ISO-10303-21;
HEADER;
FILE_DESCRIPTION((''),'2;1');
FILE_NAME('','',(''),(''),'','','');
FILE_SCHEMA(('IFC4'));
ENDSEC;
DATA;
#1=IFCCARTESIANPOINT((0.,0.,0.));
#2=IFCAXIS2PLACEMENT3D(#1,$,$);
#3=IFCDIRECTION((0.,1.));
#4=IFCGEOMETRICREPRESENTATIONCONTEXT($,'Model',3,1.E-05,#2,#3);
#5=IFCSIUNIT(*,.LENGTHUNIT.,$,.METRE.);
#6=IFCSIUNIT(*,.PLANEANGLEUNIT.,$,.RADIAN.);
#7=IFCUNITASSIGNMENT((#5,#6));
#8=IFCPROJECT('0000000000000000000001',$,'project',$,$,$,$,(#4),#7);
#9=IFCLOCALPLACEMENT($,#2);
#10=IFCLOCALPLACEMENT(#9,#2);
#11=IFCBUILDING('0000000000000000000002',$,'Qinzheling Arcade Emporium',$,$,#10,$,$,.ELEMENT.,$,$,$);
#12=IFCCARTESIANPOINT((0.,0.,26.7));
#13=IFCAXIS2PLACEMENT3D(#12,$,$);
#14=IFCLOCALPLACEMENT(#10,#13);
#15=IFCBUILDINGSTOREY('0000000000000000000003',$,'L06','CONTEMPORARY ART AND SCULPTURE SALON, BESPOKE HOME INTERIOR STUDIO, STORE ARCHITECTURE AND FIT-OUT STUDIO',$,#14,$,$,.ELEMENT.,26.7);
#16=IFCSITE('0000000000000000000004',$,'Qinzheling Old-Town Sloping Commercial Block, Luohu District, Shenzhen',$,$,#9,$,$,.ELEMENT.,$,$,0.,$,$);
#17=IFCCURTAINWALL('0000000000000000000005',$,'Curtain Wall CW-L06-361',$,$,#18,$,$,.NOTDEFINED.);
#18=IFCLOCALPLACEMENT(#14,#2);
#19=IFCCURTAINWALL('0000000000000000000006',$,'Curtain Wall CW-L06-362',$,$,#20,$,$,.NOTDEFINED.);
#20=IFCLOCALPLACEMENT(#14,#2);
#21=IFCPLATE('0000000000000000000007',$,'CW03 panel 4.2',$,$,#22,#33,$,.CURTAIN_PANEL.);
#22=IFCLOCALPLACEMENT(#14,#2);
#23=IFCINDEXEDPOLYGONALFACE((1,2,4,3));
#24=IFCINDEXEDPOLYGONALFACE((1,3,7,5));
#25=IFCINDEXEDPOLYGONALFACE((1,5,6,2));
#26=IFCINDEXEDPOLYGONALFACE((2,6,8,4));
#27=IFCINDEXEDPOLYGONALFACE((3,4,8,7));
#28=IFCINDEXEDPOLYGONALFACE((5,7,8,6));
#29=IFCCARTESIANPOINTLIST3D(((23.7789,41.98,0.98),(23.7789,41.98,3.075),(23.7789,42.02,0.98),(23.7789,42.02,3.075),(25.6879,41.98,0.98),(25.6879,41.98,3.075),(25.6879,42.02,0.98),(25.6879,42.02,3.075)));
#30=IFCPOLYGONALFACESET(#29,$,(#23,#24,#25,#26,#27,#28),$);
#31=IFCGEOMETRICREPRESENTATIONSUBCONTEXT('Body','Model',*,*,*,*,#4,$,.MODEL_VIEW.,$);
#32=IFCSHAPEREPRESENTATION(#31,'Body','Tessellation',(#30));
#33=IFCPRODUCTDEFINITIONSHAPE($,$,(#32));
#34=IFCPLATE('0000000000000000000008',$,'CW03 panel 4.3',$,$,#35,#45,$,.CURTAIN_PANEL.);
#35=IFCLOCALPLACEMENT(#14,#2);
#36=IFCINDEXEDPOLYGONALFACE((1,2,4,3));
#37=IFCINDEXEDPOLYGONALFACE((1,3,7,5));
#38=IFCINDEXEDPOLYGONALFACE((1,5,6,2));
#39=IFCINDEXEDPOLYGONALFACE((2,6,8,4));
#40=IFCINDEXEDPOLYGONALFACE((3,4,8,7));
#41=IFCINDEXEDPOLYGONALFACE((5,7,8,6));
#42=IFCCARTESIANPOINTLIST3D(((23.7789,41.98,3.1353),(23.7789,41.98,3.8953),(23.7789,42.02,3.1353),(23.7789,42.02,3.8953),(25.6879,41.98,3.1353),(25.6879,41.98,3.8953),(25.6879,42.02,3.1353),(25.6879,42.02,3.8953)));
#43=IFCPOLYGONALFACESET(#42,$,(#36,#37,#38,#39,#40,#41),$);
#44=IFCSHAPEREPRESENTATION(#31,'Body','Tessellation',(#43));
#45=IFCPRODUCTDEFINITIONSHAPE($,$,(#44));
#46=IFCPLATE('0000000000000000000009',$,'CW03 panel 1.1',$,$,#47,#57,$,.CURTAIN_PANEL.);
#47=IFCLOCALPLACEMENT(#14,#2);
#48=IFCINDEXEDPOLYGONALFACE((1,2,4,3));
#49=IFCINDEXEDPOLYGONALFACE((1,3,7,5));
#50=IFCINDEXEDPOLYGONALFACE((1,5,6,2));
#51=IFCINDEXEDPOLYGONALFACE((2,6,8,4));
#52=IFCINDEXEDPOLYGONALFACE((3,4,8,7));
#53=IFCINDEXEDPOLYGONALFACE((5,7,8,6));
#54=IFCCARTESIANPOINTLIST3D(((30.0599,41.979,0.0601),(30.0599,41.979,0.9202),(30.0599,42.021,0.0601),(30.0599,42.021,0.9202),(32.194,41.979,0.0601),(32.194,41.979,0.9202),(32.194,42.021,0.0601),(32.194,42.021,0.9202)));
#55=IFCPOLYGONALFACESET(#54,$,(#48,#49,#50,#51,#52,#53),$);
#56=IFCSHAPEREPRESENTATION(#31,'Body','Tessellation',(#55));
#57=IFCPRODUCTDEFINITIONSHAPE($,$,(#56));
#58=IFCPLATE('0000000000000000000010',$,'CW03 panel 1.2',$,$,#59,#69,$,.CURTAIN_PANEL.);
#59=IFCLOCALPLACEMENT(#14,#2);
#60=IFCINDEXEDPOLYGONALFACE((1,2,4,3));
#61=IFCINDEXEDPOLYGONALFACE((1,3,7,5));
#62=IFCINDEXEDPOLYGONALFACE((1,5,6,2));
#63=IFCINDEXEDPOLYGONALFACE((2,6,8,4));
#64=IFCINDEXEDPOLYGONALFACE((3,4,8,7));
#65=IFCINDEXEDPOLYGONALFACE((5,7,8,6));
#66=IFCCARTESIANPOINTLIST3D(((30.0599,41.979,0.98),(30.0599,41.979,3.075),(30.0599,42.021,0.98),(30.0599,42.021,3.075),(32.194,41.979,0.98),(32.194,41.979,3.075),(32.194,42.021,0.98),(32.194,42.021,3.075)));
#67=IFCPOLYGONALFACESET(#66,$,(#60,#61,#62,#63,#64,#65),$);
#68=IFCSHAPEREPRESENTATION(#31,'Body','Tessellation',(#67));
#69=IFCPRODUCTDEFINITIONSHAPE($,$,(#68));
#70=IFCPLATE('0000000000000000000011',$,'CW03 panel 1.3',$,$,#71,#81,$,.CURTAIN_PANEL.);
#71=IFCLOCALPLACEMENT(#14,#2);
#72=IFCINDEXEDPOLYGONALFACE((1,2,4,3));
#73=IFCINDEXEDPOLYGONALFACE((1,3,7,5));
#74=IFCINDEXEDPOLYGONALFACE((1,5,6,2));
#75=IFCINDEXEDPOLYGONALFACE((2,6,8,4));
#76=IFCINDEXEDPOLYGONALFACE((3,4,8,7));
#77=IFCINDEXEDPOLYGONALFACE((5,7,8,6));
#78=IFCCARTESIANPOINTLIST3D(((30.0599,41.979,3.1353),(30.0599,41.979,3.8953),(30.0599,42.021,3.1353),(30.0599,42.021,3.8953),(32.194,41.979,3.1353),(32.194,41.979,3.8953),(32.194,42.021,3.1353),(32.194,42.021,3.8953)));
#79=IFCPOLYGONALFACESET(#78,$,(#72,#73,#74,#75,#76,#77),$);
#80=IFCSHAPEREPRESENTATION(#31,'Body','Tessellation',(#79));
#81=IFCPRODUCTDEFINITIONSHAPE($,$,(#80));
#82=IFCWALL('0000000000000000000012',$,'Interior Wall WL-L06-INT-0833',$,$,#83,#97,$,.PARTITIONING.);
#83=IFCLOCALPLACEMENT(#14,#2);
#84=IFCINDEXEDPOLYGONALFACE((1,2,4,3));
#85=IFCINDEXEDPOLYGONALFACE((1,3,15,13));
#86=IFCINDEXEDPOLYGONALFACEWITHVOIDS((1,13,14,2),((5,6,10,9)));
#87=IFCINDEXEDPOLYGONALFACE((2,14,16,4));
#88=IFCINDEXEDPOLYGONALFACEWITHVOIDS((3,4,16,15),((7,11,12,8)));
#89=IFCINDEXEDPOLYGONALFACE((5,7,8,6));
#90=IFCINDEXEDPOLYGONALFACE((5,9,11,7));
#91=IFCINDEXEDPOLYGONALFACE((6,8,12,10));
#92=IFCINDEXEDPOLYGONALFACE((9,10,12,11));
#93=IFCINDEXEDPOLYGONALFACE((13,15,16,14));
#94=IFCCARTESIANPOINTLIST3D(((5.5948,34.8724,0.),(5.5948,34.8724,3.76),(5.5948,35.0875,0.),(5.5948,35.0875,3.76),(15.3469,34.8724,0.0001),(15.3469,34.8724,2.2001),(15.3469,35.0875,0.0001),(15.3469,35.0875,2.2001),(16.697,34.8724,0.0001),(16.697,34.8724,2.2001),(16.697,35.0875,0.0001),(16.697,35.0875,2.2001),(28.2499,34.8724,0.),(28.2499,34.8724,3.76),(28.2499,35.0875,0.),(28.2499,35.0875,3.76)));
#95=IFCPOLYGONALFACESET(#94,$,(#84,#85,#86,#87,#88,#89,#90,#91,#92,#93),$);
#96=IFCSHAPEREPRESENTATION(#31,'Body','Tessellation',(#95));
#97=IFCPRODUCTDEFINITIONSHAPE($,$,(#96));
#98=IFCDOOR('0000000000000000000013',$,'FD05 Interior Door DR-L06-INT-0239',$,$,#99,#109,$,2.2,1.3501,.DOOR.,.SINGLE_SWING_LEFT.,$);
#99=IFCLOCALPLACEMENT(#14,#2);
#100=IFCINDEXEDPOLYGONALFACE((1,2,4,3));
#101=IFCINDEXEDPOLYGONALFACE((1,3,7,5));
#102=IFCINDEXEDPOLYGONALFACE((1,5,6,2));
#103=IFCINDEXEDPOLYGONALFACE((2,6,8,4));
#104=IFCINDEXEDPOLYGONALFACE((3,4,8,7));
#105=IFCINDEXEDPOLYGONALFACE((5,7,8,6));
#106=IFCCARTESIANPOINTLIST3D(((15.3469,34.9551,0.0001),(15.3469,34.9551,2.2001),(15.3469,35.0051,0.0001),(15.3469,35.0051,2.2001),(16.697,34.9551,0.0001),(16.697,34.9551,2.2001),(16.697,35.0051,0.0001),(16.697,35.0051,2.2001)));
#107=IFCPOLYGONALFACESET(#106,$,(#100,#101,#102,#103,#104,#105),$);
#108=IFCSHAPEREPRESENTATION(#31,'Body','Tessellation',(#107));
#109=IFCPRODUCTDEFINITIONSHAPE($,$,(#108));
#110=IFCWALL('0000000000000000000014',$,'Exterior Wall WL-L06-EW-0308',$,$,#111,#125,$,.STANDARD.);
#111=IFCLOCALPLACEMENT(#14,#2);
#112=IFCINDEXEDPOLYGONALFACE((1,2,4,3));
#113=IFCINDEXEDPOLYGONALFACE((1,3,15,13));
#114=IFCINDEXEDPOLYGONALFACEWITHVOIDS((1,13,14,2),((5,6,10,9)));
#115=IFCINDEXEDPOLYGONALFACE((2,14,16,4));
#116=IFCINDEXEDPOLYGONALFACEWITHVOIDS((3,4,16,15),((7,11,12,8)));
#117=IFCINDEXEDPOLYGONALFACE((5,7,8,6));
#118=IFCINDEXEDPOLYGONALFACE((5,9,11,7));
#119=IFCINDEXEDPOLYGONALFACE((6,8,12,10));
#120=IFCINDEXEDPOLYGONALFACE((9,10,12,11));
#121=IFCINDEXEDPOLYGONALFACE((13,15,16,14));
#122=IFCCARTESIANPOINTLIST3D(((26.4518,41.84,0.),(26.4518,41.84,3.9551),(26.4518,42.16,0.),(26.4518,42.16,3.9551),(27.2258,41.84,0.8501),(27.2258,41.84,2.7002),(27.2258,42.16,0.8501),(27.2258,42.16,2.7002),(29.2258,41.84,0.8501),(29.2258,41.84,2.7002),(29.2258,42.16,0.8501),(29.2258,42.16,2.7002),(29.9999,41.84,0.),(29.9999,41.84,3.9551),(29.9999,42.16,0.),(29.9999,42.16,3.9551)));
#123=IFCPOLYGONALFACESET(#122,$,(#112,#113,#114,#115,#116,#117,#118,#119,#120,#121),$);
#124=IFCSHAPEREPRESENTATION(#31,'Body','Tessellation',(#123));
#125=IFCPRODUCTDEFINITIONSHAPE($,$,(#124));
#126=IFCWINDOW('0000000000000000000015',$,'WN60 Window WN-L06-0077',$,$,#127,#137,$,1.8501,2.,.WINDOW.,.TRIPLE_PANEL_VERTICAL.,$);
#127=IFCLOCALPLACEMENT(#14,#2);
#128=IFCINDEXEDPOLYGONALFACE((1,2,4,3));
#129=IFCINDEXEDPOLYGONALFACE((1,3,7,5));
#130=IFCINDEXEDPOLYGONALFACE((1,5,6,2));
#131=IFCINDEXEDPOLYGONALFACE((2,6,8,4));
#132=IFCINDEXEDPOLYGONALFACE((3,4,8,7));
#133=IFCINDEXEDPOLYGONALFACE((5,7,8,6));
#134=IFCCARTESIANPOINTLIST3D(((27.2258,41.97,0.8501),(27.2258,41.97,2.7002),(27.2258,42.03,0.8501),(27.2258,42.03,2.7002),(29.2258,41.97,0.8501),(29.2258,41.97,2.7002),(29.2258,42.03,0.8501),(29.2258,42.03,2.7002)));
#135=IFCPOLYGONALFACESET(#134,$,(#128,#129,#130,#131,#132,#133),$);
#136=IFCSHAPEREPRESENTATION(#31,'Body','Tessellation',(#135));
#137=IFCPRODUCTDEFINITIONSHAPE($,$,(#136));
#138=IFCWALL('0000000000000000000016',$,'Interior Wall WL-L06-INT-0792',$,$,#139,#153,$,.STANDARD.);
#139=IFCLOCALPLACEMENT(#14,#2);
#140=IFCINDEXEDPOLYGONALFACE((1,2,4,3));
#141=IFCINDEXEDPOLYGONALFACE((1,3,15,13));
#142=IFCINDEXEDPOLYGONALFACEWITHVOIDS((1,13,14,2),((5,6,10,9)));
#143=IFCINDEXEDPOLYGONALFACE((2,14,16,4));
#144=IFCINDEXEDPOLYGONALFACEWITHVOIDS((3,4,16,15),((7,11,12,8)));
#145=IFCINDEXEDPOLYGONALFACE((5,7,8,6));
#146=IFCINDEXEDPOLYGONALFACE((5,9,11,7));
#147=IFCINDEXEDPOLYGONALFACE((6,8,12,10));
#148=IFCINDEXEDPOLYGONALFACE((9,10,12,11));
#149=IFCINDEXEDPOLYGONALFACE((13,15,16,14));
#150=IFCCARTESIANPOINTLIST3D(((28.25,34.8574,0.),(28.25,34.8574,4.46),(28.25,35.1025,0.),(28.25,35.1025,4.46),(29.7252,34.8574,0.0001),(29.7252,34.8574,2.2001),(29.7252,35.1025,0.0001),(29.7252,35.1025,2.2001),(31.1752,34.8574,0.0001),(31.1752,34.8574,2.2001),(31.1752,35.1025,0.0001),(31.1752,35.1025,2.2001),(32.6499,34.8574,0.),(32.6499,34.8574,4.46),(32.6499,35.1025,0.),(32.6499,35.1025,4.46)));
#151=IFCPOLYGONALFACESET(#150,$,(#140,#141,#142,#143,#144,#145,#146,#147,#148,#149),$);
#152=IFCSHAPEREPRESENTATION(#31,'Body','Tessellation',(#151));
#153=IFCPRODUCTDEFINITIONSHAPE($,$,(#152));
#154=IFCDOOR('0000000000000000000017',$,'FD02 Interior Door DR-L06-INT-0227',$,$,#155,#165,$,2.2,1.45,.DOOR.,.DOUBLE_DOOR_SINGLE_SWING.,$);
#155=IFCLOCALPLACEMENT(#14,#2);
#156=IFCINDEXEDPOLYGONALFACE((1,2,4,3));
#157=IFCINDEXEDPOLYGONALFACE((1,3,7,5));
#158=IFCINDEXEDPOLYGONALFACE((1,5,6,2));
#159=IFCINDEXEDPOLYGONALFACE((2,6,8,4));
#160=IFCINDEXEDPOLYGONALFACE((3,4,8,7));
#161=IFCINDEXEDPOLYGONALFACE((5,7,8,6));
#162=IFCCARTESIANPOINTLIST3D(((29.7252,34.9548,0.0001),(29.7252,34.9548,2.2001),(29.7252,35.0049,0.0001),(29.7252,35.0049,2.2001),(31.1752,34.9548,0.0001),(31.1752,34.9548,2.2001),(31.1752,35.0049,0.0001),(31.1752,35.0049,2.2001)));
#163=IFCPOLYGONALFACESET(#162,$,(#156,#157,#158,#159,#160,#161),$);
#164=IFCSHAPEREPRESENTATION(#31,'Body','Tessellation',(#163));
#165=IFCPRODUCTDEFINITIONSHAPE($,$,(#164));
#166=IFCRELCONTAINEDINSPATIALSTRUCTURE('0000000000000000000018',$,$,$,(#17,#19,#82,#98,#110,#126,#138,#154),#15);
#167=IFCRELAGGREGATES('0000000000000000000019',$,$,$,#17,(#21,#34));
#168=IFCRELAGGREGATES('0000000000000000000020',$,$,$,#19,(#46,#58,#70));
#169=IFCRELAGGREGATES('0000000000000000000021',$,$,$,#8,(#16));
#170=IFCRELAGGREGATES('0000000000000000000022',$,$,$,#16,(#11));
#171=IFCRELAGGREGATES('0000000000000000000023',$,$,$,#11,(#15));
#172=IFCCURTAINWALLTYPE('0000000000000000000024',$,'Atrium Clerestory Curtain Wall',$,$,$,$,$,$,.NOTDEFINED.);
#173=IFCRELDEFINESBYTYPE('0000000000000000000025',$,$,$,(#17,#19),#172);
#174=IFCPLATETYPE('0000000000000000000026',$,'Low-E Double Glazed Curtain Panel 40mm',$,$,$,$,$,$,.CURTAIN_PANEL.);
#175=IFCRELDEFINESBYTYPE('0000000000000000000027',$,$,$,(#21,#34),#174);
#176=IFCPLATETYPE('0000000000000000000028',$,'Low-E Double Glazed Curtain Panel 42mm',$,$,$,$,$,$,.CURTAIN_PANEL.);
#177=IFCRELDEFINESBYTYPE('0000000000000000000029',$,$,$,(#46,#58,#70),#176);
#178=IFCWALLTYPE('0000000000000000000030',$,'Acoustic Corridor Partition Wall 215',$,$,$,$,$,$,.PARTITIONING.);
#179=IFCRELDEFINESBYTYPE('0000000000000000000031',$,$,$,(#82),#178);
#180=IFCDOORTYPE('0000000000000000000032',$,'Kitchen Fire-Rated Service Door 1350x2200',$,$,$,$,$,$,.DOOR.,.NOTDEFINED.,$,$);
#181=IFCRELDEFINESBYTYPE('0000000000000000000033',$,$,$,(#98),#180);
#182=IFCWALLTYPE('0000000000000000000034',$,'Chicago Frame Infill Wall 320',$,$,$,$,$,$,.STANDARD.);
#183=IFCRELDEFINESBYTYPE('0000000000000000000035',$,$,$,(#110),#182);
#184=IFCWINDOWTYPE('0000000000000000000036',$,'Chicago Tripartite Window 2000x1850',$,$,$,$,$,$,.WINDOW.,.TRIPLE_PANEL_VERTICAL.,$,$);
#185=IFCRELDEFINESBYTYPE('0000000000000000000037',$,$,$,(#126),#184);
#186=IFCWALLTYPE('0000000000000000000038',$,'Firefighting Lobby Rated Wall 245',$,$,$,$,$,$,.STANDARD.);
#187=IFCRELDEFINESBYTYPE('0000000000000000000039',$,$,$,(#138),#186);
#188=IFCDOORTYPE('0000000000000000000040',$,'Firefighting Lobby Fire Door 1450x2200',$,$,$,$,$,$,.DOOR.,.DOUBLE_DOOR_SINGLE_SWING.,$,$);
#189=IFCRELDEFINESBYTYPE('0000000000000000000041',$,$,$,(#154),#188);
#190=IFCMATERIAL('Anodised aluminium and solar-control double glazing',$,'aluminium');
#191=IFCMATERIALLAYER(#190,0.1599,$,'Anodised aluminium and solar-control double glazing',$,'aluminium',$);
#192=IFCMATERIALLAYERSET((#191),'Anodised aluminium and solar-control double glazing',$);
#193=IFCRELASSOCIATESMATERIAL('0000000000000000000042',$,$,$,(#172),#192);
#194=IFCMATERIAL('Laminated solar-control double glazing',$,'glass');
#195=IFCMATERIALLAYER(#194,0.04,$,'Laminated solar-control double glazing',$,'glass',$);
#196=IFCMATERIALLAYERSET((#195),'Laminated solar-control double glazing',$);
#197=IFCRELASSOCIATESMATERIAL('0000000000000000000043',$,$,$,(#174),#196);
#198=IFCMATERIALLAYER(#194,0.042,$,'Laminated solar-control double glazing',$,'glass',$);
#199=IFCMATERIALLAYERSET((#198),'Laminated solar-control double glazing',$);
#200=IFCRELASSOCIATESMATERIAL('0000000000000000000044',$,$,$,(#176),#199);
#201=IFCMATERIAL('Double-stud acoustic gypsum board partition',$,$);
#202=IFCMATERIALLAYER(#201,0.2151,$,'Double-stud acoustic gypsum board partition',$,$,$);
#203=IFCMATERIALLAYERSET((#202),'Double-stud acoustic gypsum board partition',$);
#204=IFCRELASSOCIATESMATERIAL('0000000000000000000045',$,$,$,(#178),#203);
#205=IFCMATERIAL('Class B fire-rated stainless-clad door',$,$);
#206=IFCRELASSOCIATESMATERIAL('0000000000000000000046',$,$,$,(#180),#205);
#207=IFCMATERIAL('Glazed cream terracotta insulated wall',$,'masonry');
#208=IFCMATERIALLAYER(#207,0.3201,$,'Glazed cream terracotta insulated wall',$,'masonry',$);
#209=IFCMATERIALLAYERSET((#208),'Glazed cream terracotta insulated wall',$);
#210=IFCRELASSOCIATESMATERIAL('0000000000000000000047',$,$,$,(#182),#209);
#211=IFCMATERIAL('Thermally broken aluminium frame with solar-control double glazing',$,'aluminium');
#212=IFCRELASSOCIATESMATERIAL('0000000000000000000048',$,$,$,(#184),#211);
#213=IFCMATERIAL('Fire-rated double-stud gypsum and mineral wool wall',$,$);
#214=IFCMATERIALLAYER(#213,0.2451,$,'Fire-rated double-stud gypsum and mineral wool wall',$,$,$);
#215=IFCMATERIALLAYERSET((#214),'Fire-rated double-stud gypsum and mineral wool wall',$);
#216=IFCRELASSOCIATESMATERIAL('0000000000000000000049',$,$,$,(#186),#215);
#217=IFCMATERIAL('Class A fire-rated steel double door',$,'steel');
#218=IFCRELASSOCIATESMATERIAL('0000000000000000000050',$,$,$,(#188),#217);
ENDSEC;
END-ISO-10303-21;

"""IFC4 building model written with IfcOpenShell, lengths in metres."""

from ifc_helpers import new_model, si_unit, direction, frame, frame_2d, origin, origin_2d, place, context, subcontext, project, spatial, rectangle, extrude, material, layer, layer_set, type_object, element, fill, aggregate, save


model = new_model("IFC4")

# Units and contexts
model_context = context("Model", 3, precision=1e-05, world=origin(), true_north=direction((0.0, 1.0)))
body_context = subcontext(model_context, "Body", "Model", "MODEL_VIEW")
ifc_project = project(units=[si_unit("LENGTHUNIT", "METRE"), si_unit("PLANEANGLEUNIT", "RADIAN")], contexts=[model_context])

# Site, building, storey
site_placement = place(None, origin())
site = spatial("IfcSite", under=ifc_project, at=site_placement, Name="Qinzheling Old-Town Sloping Commercial Block, Luohu District, Shenzhen", CompositionType="ELEMENT", RefElevation=0.0)
building_placement = place(site_placement, origin())
building = spatial("IfcBuilding", under=site, at=building_placement, Name="Qinzheling Arcade Emporium", CompositionType="ELEMENT")
storey_placement = place(building_placement, frame((0.0, 0.0, 26.7)))
storey = spatial("IfcBuildingStorey", under=building, at=storey_placement, Name="L06", Description="CONTEMPORARY ART AND SCULPTURE SALON, BESPOKE HOME INTERIOR STUDIO, STORE ARCHITECTURE AND FIT-OUT STUDIO", CompositionType="ELEMENT", Elevation=26.7)

# Curtain wall
ifc_material_1 = material(Name="Anodised aluminium and solar-control double glazing", Category="aluminium")
ifc_layer_1 = layer(ifc_material_1, 0.1599, Name="Anodised aluminium and solar-control double glazing", Category="aluminium")
ifc_layer_set_1 = layer_set([ifc_layer_1], Name="Anodised aluminium and solar-control double glazing")
curtain_wall_type = type_object("IfcCurtainWallType", Name="Atrium Clerestory Curtain Wall", PredefinedType="NOTDEFINED", material=ifc_layer_set_1)
curtain_wall_1_placement = place(storey_placement, origin())
curtain_wall_1 = element("IfcCurtainWall", 1, at=curtain_wall_1_placement, inside=storey, type_object=curtain_wall_type, Name="Curtain Wall CW-L06-361", PredefinedType="NOTDEFINED")

# Curtain wall
curtain_wall_2_placement = place(storey_placement, origin())
curtain_wall_2 = element("IfcCurtainWall", 2, at=curtain_wall_2_placement, inside=storey, type_object=curtain_wall_type, Name="Curtain Wall CW-L06-362", PredefinedType="NOTDEFINED")

# Plates
ifc_material_2 = material(Name="Laminated solar-control double glazing", Category="glass")
ifc_layer_2 = layer(ifc_material_2, 0.04, Name="Laminated solar-control double glazing", Category="glass")
ifc_layer_set_2 = layer_set([ifc_layer_2], Name="Laminated solar-control double glazing")
plate_type_1 = type_object("IfcPlateType", Name="Low-E Double Glazed Curtain Panel 40mm", PredefinedType="CURTAIN_PANEL", material=ifc_layer_set_2)
plate_1_placement = place(storey_placement, frame((24.7334, 42.0, 0.98), z_axis=(0.0, 0.0, 1.0), x_axis=(1.0, 0.0, 0.0)))
plate_1 = element("IfcPlate", 3, at=plate_1_placement, type_object=plate_type_1, Name="CW03 panel 4.2", PredefinedType="CURTAIN_PANEL", context=body_context, shape_type="SweptSolid", body=[
    extrude(rectangle(XDim=1.9089, YDim=0.04, at=origin_2d()), origin(), (0.0, 0.0, 1.0), 2.095),
])
plate_2_placement = place(storey_placement, frame((24.7334, 42.0, 3.1353), z_axis=(0.0, 0.0, 1.0), x_axis=(1.0, 0.0, 0.0)))
plate_2 = element("IfcPlate", 4, at=plate_2_placement, type_object=plate_type_1, Name="CW03 panel 4.3", PredefinedType="CURTAIN_PANEL", context=body_context, shape_type="SweptSolid", body=[
    extrude(rectangle(XDim=1.9089, YDim=0.04, at=origin_2d()), origin(), (0.0, 0.0, 1.0), 0.76),
])
aggregate(curtain_wall_1, [plate_1, plate_2])
ifc_layer_3 = layer(ifc_material_2, 0.042, Name="Laminated solar-control double glazing", Category="glass")
ifc_layer_set_3 = layer_set([ifc_layer_3], Name="Laminated solar-control double glazing")
plate_type_2 = type_object("IfcPlateType", Name="Low-E Double Glazed Curtain Panel 42mm", PredefinedType="CURTAIN_PANEL", material=ifc_layer_set_3)
plate_3_placement = place(storey_placement, frame((31.127, 42.0, 0.0601), z_axis=(0.0, 0.0, 1.0), x_axis=(1.0, 0.0, 0.0)))
plate_3 = element("IfcPlate", 5, at=plate_3_placement, type_object=plate_type_2, Name="CW03 panel 1.1", PredefinedType="CURTAIN_PANEL", context=body_context, shape_type="SweptSolid", body=[
    extrude(rectangle(XDim=2.134, YDim=0.042, at=origin_2d()), origin(), (0.0, 0.0, 1.0), 0.8601),
])
plate_4_placement = place(storey_placement, frame((31.127, 42.0, 0.98), z_axis=(0.0, 0.0, 1.0), x_axis=(1.0, 0.0, 0.0)))
plate_4 = element("IfcPlate", 6, at=plate_4_placement, type_object=plate_type_2, Name="CW03 panel 1.2", PredefinedType="CURTAIN_PANEL", context=body_context, shape_type="SweptSolid", body=[
    extrude(rectangle(XDim=2.134, YDim=0.042, at=origin_2d()), origin(), (0.0, 0.0, 1.0), 2.095),
])
plate_5_placement = place(storey_placement, frame((31.127, 42.0, 3.1353), z_axis=(0.0, 0.0, 1.0), x_axis=(1.0, 0.0, 0.0)))
plate_5 = element("IfcPlate", 7, at=plate_5_placement, type_object=plate_type_2, Name="CW03 panel 1.3", PredefinedType="CURTAIN_PANEL", context=body_context, shape_type="SweptSolid", body=[
    extrude(rectangle(XDim=2.134, YDim=0.042, at=origin_2d()), origin(), (0.0, 0.0, 1.0), 0.76),
])
aggregate(curtain_wall_2, [plate_3, plate_4, plate_5])

# Wall, opening, door
ifc_material_3 = material(Name="Double-stud acoustic gypsum board partition")
ifc_layer_4 = layer(ifc_material_3, 0.2151, Name="Double-stud acoustic gypsum board partition")
ifc_layer_set_4 = layer_set([ifc_layer_4], Name="Double-stud acoustic gypsum board partition")
wall_type_1 = type_object("IfcWallType", Name="Acoustic Corridor Partition Wall 215", PredefinedType="PARTITIONING", material=ifc_layer_set_4)
wall_1_placement = place(storey_placement, frame((28.25, 34.98, 0.0), z_axis=(0.0, 0.0, 1.0), x_axis=(-1.0, 0.0, 0.0)))
wall_1 = element("IfcWall", 8, at=wall_1_placement, inside=storey, type_object=wall_type_1, Name="Interior Wall WL-L06-INT-0833", PredefinedType="PARTITIONING", context=body_context, shape_type="SweptSolid", body=[
    extrude(rectangle(XDim=22.655, YDim=0.2151, at=frame_2d((11.3276, 0.0))), origin(), (0.0, 0.0, 1.0), 3.76),
])
opening_1_placement = place(wall_1_placement, frame((11.553, 0.0, 0.0)))
opening_1 = element("IfcOpeningElement", 9, at=opening_1_placement, cuts=wall_1, PredefinedType="OPENING", context=body_context, shape_type="SweptSolid", body=[
    extrude(rectangle(XDim=1.3501, YDim=2.2, at=frame_2d((0.675, 1.1001))), frame((0.0, 0.1177, 0.0), z_axis=(0.0, -1.0, 0.0), x_axis=(1.0, 0.0, 0.0)), (0.0, 0.0, 1.0), 0.2351),
])
ifc_material_4 = material(Name="Class B fire-rated stainless-clad door")
door_type_1 = type_object("IfcDoorType", Name="Kitchen Fire-Rated Service Door 1350x2200", OperationType="NOTDEFINED", PredefinedType="DOOR", material=ifc_material_4)
door_1_placement = place(opening_1_placement, origin())
door_1 = element("IfcDoor", 10, at=door_1_placement, inside=storey, type_object=door_type_1, Name="FD05 Interior Door DR-L06-INT-0239", OperationType="SINGLE_SWING_LEFT", OverallHeight=2.2, OverallWidth=1.3501, PredefinedType="DOOR", context=body_context, shape_type="SweptSolid", body=[
    extrude(rectangle(XDim=1.3501, YDim=2.2, at=frame_2d((0.675, 1.1001))), frame((0.0, 0.0249, 0.0), z_axis=(0.0, -1.0, 0.0), x_axis=(1.0, 0.0, 0.0)), (0.0, 0.0, 1.0), 0.05),
])
fill(opening_1, door_1)

# Wall, opening, window
ifc_material_5 = material(Name="Glazed cream terracotta insulated wall", Category="masonry")
ifc_layer_5 = layer(ifc_material_5, 0.3201, Name="Glazed cream terracotta insulated wall", Category="masonry")
ifc_layer_set_5 = layer_set([ifc_layer_5], Name="Glazed cream terracotta insulated wall")
wall_type_2 = type_object("IfcWallType", Name="Chicago Frame Infill Wall 320", PredefinedType="STANDARD", material=ifc_layer_set_5)
wall_2_placement = place(storey_placement, frame((26.4519, 42.0, 0.0), z_axis=(0.0, 0.0, 1.0), x_axis=(1.0, 0.0, 0.0)))
wall_2 = element("IfcWall", 11, at=wall_2_placement, inside=storey, type_object=wall_type_2, Name="Exterior Wall WL-L06-EW-0308", PredefinedType="STANDARD", context=body_context, shape_type="SweptSolid", body=[
    extrude(rectangle(XDim=3.5481, YDim=0.3201, at=frame_2d((1.7739, 0.0))), origin(), (0.0, 0.0, 1.0), 3.9551),
])
opening_2_placement = place(wall_2_placement, frame((0.7739, 0.0, 0.8501)))
opening_2 = element("IfcOpeningElement", 12, at=opening_2_placement, cuts=wall_2, PredefinedType="OPENING", context=body_context, shape_type="SweptSolid", body=[
    extrude(rectangle(XDim=2.0, YDim=1.8501, at=frame_2d((1.0, 0.925))), frame((0.0, 0.1699, 0.0), z_axis=(0.0, -1.0, 0.0), x_axis=(1.0, 0.0, 0.0)), (0.0, 0.0, 1.0), 0.3401),
])
ifc_material_6 = material(Name="Thermally broken aluminium frame with solar-control double glazing", Category="aluminium")
window_type = type_object("IfcWindowType", Name="Chicago Tripartite Window 2000x1850", PartitioningType="TRIPLE_PANEL_VERTICAL", PredefinedType="WINDOW", material=ifc_material_6)
window_placement = place(opening_2_placement, origin())
window = element("IfcWindow", 13, at=window_placement, inside=storey, type_object=window_type, Name="WN60 Window WN-L06-0077", OverallHeight=1.8501, OverallWidth=2.0, PartitioningType="TRIPLE_PANEL_VERTICAL", PredefinedType="WINDOW", context=body_context, shape_type="SweptSolid", body=[
    extrude(rectangle(XDim=2.0, YDim=1.8501, at=frame_2d((1.0, 0.925))), frame((0.0, 0.03, 0.0), z_axis=(0.0, -1.0, 0.0), x_axis=(1.0, 0.0, 0.0)), (0.0, 0.0, 1.0), 0.0601),
])
fill(opening_2, window)

# Wall, opening, door
ifc_material_7 = material(Name="Fire-rated double-stud gypsum and mineral wool wall")
ifc_layer_6 = layer(ifc_material_7, 0.2451, Name="Fire-rated double-stud gypsum and mineral wool wall")
ifc_layer_set_6 = layer_set([ifc_layer_6], Name="Fire-rated double-stud gypsum and mineral wool wall")
wall_type_3 = type_object("IfcWallType", Name="Firefighting Lobby Rated Wall 245", PredefinedType="STANDARD", material=ifc_layer_set_6)
wall_3_placement = place(storey_placement, frame((28.25, 34.98, 0.0), z_axis=(0.0, 0.0, 1.0), x_axis=(1.0, 0.0, 0.0)))
wall_3 = element("IfcWall", 14, at=wall_3_placement, inside=storey, type_object=wall_type_3, Name="Interior Wall WL-L06-INT-0792", PredefinedType="STANDARD", context=body_context, shape_type="SweptSolid", body=[
    extrude(rectangle(XDim=4.3999, YDim=0.2451, at=frame_2d((2.2, 0.0))), origin(), (0.0, 0.0, 1.0), 4.46),
])
opening_3_placement = place(wall_3_placement, frame((1.4751, 0.0, 0.0)))
opening_3 = element("IfcOpeningElement", 15, at=opening_3_placement, cuts=wall_3, PredefinedType="OPENING", context=body_context, shape_type="SweptSolid", body=[
    extrude(rectangle(XDim=1.45, YDim=2.2, at=frame_2d((0.7251, 1.1001))), frame((0.0, 0.1326, 0.0), z_axis=(0.0, -1.0, 0.0), x_axis=(1.0, 0.0, 0.0)), (0.0, 0.0, 1.0), 0.2651),
])
ifc_material_8 = material(Name="Class A fire-rated steel double door", Category="steel")
door_type_2 = type_object("IfcDoorType", Name="Firefighting Lobby Fire Door 1450x2200", OperationType="DOUBLE_DOOR_SINGLE_SWING", PredefinedType="DOOR", material=ifc_material_8)
door_2_placement = place(opening_3_placement, origin())
door_2 = element("IfcDoor", 16, at=door_2_placement, inside=storey, type_object=door_type_2, Name="FD02 Interior Door DR-L06-INT-0227", OperationType="DOUBLE_DOOR_SINGLE_SWING", OverallHeight=2.2, OverallWidth=1.45, PredefinedType="DOOR", context=body_context, shape_type="SweptSolid", body=[
    extrude(rectangle(XDim=1.45, YDim=2.2, at=frame_2d((0.7251, 1.1001))), frame((0.0, 0.0249, 0.0), z_axis=(0.0, -1.0, 0.0), x_axis=(1.0, 0.0, 0.0)), (0.0, 0.0, 1.0), 0.05),
])
fill(opening_3, door_2)

save(model, "model.ifc")
